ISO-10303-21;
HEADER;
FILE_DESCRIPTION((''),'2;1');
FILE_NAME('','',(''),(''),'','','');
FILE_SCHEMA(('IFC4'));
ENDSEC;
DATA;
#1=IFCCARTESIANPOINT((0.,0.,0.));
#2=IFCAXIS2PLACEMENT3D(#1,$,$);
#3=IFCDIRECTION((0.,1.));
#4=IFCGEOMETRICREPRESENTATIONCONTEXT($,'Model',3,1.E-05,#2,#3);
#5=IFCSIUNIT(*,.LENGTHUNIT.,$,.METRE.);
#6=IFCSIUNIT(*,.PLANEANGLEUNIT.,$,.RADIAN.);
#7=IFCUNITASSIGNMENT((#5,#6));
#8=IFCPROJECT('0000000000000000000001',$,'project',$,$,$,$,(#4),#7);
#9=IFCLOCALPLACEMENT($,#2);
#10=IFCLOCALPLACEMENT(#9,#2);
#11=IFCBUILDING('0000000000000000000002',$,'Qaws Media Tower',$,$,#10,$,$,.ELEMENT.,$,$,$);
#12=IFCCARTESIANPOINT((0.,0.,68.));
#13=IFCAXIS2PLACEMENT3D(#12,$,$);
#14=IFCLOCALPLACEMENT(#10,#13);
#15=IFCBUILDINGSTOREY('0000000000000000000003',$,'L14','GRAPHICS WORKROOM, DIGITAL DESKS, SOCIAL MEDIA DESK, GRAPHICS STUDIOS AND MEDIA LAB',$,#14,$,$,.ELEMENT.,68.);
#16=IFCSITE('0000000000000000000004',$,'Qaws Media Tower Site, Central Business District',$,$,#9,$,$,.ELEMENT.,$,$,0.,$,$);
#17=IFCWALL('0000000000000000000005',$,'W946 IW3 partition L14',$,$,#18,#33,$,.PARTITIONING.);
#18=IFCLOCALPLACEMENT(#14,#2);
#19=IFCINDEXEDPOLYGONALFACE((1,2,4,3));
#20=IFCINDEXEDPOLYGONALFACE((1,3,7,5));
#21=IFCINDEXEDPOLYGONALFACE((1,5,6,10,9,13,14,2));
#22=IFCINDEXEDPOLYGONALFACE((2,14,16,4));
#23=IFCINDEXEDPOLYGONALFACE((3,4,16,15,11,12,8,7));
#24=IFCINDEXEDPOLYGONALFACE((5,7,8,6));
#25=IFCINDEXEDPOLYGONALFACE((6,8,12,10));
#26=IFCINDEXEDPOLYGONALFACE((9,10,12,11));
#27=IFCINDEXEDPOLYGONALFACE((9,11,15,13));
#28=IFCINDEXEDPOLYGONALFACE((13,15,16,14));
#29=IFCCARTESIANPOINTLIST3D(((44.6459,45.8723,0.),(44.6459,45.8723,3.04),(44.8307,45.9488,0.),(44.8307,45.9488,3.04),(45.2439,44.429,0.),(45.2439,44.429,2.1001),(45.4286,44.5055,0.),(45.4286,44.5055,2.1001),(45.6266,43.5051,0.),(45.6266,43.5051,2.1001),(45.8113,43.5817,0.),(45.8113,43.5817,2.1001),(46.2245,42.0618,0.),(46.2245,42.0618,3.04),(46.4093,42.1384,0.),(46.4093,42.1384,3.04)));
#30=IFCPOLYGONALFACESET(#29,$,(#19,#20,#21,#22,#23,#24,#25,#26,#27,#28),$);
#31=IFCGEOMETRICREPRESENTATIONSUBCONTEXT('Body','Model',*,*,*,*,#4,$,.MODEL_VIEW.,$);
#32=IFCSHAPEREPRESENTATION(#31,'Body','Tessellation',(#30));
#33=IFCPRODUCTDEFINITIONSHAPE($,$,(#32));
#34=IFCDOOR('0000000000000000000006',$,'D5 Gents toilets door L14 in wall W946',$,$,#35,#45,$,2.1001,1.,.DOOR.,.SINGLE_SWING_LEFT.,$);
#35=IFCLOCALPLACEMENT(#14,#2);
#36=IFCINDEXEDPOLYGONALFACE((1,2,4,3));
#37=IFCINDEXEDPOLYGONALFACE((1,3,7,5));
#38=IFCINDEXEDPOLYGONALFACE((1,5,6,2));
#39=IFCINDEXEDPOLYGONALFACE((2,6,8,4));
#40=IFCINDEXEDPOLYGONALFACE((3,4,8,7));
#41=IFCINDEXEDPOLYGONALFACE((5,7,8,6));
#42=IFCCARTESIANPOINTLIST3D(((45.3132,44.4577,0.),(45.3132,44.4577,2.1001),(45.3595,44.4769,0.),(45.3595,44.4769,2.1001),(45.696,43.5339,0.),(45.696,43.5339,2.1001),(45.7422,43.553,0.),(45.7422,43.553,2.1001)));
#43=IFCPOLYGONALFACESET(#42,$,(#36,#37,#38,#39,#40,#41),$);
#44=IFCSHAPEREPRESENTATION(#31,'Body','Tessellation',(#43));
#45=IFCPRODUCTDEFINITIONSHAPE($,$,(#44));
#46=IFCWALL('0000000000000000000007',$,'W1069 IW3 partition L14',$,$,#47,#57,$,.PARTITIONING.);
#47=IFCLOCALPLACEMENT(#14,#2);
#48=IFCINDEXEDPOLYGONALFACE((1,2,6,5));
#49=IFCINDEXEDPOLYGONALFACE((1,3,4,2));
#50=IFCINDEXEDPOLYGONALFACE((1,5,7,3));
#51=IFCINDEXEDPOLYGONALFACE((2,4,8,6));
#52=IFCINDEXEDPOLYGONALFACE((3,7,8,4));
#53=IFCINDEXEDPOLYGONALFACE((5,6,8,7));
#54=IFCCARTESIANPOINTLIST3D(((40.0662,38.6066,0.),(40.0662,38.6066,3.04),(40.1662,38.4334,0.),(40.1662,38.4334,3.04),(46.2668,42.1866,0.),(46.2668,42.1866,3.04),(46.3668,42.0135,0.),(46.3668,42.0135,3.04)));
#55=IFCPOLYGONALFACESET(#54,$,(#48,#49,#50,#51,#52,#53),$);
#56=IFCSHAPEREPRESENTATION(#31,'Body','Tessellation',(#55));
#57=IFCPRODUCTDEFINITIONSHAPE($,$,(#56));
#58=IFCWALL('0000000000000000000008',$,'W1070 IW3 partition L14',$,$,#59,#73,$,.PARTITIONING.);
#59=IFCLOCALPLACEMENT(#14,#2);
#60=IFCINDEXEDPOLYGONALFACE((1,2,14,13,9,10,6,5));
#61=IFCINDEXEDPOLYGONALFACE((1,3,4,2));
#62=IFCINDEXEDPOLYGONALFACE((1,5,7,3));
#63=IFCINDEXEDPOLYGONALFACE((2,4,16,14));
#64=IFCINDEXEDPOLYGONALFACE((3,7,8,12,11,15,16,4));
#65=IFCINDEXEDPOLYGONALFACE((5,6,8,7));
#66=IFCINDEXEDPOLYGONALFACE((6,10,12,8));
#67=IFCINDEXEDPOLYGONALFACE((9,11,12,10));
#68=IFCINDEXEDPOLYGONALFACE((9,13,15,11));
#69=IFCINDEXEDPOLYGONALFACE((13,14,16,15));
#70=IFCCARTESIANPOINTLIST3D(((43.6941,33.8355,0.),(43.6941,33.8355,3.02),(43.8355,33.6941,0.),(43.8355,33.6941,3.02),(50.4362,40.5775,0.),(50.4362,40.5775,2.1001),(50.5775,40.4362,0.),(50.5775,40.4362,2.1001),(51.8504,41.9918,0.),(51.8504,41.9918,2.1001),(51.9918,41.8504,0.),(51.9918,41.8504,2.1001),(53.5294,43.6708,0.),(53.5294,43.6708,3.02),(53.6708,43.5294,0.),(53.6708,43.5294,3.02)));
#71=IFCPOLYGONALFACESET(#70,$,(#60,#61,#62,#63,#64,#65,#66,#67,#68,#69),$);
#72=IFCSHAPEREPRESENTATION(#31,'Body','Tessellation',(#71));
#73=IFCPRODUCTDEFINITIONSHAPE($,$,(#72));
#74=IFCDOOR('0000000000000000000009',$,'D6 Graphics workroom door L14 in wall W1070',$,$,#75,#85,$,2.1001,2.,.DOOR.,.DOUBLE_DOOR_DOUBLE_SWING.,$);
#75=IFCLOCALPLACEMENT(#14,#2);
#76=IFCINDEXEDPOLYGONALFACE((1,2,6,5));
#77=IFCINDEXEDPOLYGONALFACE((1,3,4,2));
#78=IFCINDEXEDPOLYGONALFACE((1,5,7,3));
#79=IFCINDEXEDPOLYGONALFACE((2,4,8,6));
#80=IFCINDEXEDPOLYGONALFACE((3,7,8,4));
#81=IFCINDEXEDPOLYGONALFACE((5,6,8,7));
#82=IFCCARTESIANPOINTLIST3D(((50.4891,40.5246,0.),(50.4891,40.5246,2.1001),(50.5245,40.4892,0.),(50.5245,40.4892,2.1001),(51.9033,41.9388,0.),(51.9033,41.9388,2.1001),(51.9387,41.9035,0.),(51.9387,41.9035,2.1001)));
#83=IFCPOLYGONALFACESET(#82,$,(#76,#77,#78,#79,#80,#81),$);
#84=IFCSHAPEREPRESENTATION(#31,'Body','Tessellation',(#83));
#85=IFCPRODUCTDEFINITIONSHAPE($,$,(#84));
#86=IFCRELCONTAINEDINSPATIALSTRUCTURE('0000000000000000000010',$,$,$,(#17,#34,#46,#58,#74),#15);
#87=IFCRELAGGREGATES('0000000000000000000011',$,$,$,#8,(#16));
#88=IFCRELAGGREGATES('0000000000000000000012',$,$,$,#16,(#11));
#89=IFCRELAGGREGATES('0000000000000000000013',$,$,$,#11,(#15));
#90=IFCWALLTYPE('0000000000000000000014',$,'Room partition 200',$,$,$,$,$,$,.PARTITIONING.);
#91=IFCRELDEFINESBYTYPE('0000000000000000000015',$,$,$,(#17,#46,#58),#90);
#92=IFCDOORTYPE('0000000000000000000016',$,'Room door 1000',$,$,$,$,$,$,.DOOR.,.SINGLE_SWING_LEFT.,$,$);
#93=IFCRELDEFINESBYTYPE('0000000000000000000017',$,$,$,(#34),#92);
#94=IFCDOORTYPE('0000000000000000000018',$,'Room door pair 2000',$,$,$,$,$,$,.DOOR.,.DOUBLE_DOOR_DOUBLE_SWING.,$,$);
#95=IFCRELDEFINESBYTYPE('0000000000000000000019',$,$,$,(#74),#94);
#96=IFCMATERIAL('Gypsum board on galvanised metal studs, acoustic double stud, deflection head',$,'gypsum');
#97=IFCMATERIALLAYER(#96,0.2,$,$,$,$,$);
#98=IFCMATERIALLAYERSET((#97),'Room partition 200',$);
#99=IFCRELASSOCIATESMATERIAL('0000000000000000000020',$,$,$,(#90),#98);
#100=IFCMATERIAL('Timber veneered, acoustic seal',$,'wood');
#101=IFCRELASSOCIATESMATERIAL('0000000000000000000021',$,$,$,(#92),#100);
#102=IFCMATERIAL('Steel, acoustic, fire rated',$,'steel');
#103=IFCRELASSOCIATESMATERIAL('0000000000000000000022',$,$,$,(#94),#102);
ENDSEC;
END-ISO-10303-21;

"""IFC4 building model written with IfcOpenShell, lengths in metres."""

from ifc_helpers import new_model, si_unit, direction, frame, frame_2d, origin, place, context, subcontext, project, spatial, rectangle, extrude, material, layer, layer_set, type_object, element, fill, save


model = new_model("IFC4")

# Units and contexts
model_context = context("Model", 3, precision=1e-05, world=origin(), true_north=direction((0.0, 1.0)))
body_context = subcontext(model_context, "Body", "Model", "MODEL_VIEW")
ifc_project = project(units=[si_unit("LENGTHUNIT", "METRE"), si_unit("PLANEANGLEUNIT", "RADIAN")], contexts=[model_context])

# Site, building, storey
site_placement = place(None, origin())
site = spatial("IfcSite", under=ifc_project, at=site_placement, Name="Qaws Media Tower Site, Central Business District", CompositionType="ELEMENT", RefElevation=0.0)
building_placement = place(site_placement, origin())
building = spatial("IfcBuilding", under=site, at=building_placement, Name="Qaws Media Tower", CompositionType="ELEMENT")
storey_placement = place(building_placement, frame((0.0, 0.0, 68.0)))
storey = spatial("IfcBuildingStorey", under=building, at=storey_placement, Name="L14", Description="GRAPHICS WORKROOM, DIGITAL DESKS, SOCIAL MEDIA DESK, GRAPHICS STUDIOS AND MEDIA LAB", CompositionType="ELEMENT", Elevation=68.0)

# Wall, opening, door
ifc_material_1 = material(Name="Gypsum board on galvanised metal studs, acoustic double stud, deflection head", Category="gypsum")
ifc_layer_1 = layer(ifc_material_1, 0.2)
ifc_layer_set_1 = layer_set([ifc_layer_1], Name="Room partition 200")
wall_type = type_object("IfcWallType", Name="Room partition 200", PredefinedType="PARTITIONING", material=ifc_layer_set_1)
ifc_material_2 = material(Name="Timber veneered, acoustic seal", Category="wood")
door_type_1 = type_object("IfcDoorType", Name="Room door 1000", OperationType="SINGLE_SWING_LEFT", PredefinedType="DOOR", material=ifc_material_2)
wall_1_placement = place(storey_placement, frame((46.3169, 42.1001, 0.0), z_axis=(0.0, 0.0, 1.0), x_axis=(-0.382732, 0.92386, 0.0)))
wall_1 = element("IfcWall", 1, at=wall_1_placement, inside=storey, type_object=wall_type, Name="W946 IW3 partition L14", PredefinedType="PARTITIONING", context=body_context, shape_type="SweptSolid", body=[
    extrude(rectangle(XDim=4.1245, YDim=0.2, at=frame_2d((2.0623, 0.0))), origin(), (0.0, 0.0, 1.0), 3.04),
])
opening_1_placement = place(wall_1_placement, frame((1.5623, 0.0, 0.0)))
opening_1 = element("IfcOpeningElement", 2, at=opening_1_placement, cuts=wall_1, PredefinedType="OPENING", context=body_context, shape_type="SweptSolid", body=[
    extrude(rectangle(XDim=1.0, YDim=2.1001, at=frame_2d((0.5, 1.05))), frame((0.0, 0.1099, 0.0), z_axis=(0.0, -1.0, 0.0), x_axis=(1.0, 0.0, 0.0)), (0.0, 0.0, 1.0), 0.22),
])
door_1_placement = place(opening_1_placement, origin())
door_1 = element("IfcDoor", 3, at=door_1_placement, inside=storey, type_object=door_type_1, Name="D5 Gents toilets door L14 in wall W946", OperationType="SINGLE_SWING_LEFT", OverallHeight=2.1001, OverallWidth=1.0, PredefinedType="DOOR", context=body_context, shape_type="SweptSolid", body=[
    extrude(rectangle(XDim=1.0, YDim=2.1001, at=frame_2d((0.5, 1.05))), frame((0.0, 0.0249, 0.0), z_axis=(0.0, -1.0, 0.0), x_axis=(1.0, 0.0, 0.0)), (0.0, 0.0, 1.0), 0.05),
])
fill(opening_1, door_1)

# Wall
wall_2_placement = place(storey_placement, frame((46.3169, 42.1001, 0.0), z_axis=(0.0, 0.0, 1.0), x_axis=(-0.866019, -0.500012, 0.0)))
element("IfcWall", 4, at=wall_2_placement, inside=storey, type_object=wall_type, Name="W1069 IW3 partition L14", PredefinedType="PARTITIONING", context=body_context, shape_type="SweptSolid", body=[
    extrude(rectangle(XDim=7.1599, YDim=0.2, at=frame_2d((3.5801, 0.0))), origin(), (0.0, 0.0, 1.0), 3.04),
])

# Wall, opening, door
wall_3_placement = place(storey_placement, frame((53.6001, 43.6001, 0.0), z_axis=(0.0, 0.0, 1.0), x_axis=(-0.707107, -0.707107, 0.0)))
wall_3 = element("IfcWall", 5, at=wall_3_placement, inside=storey, type_object=wall_type, Name="W1070 IW3 partition L14", PredefinedType="PARTITIONING", context=body_context, shape_type="SweptSolid", body=[
    extrude(rectangle(XDim=13.9092, YDim=0.2, at=frame_2d((6.9546, 0.0))), origin(), (0.0, 0.0, 1.0), 3.02),
])
opening_2_placement = place(wall_3_placement, frame((2.3745, 0.0, 0.0)))
opening_2 = element("IfcOpeningElement", 6, at=opening_2_placement, cuts=wall_3, PredefinedType="OPENING", context=body_context, shape_type="SweptSolid", body=[
    extrude(rectangle(XDim=2.0, YDim=2.1001, at=frame_2d((1.0, 1.05))), frame((0.0, 0.1099, 0.0), z_axis=(0.0, -1.0, 0.0), x_axis=(1.0, 0.0, 0.0)), (0.0, 0.0, 1.0), 0.22),
])
ifc_material_3 = material(Name="Steel, acoustic, fire rated", Category="steel")
door_type_2 = type_object("IfcDoorType", Name="Room door pair 2000", OperationType="DOUBLE_DOOR_DOUBLE_SWING", PredefinedType="DOOR", material=ifc_material_3)
door_2_placement = place(opening_2_placement, origin())
door_2 = element("IfcDoor", 7, at=door_2_placement, inside=storey, type_object=door_type_2, Name="D6 Graphics workroom door L14 in wall W1070", OperationType="DOUBLE_DOOR_DOUBLE_SWING", OverallHeight=2.1001, OverallWidth=2.0, PredefinedType="DOOR", context=body_context, shape_type="SweptSolid", body=[
    extrude(rectangle(XDim=2.0, YDim=2.1001, at=frame_2d((1.0, 1.05))), frame((0.0, 0.0249, 0.0), z_axis=(0.0, -1.0, 0.0), x_axis=(1.0, 0.0, 0.0)), (0.0, 0.0, 1.0), 0.05),
])
fill(opening_2, door_2)

save(model, "model.ifc")
